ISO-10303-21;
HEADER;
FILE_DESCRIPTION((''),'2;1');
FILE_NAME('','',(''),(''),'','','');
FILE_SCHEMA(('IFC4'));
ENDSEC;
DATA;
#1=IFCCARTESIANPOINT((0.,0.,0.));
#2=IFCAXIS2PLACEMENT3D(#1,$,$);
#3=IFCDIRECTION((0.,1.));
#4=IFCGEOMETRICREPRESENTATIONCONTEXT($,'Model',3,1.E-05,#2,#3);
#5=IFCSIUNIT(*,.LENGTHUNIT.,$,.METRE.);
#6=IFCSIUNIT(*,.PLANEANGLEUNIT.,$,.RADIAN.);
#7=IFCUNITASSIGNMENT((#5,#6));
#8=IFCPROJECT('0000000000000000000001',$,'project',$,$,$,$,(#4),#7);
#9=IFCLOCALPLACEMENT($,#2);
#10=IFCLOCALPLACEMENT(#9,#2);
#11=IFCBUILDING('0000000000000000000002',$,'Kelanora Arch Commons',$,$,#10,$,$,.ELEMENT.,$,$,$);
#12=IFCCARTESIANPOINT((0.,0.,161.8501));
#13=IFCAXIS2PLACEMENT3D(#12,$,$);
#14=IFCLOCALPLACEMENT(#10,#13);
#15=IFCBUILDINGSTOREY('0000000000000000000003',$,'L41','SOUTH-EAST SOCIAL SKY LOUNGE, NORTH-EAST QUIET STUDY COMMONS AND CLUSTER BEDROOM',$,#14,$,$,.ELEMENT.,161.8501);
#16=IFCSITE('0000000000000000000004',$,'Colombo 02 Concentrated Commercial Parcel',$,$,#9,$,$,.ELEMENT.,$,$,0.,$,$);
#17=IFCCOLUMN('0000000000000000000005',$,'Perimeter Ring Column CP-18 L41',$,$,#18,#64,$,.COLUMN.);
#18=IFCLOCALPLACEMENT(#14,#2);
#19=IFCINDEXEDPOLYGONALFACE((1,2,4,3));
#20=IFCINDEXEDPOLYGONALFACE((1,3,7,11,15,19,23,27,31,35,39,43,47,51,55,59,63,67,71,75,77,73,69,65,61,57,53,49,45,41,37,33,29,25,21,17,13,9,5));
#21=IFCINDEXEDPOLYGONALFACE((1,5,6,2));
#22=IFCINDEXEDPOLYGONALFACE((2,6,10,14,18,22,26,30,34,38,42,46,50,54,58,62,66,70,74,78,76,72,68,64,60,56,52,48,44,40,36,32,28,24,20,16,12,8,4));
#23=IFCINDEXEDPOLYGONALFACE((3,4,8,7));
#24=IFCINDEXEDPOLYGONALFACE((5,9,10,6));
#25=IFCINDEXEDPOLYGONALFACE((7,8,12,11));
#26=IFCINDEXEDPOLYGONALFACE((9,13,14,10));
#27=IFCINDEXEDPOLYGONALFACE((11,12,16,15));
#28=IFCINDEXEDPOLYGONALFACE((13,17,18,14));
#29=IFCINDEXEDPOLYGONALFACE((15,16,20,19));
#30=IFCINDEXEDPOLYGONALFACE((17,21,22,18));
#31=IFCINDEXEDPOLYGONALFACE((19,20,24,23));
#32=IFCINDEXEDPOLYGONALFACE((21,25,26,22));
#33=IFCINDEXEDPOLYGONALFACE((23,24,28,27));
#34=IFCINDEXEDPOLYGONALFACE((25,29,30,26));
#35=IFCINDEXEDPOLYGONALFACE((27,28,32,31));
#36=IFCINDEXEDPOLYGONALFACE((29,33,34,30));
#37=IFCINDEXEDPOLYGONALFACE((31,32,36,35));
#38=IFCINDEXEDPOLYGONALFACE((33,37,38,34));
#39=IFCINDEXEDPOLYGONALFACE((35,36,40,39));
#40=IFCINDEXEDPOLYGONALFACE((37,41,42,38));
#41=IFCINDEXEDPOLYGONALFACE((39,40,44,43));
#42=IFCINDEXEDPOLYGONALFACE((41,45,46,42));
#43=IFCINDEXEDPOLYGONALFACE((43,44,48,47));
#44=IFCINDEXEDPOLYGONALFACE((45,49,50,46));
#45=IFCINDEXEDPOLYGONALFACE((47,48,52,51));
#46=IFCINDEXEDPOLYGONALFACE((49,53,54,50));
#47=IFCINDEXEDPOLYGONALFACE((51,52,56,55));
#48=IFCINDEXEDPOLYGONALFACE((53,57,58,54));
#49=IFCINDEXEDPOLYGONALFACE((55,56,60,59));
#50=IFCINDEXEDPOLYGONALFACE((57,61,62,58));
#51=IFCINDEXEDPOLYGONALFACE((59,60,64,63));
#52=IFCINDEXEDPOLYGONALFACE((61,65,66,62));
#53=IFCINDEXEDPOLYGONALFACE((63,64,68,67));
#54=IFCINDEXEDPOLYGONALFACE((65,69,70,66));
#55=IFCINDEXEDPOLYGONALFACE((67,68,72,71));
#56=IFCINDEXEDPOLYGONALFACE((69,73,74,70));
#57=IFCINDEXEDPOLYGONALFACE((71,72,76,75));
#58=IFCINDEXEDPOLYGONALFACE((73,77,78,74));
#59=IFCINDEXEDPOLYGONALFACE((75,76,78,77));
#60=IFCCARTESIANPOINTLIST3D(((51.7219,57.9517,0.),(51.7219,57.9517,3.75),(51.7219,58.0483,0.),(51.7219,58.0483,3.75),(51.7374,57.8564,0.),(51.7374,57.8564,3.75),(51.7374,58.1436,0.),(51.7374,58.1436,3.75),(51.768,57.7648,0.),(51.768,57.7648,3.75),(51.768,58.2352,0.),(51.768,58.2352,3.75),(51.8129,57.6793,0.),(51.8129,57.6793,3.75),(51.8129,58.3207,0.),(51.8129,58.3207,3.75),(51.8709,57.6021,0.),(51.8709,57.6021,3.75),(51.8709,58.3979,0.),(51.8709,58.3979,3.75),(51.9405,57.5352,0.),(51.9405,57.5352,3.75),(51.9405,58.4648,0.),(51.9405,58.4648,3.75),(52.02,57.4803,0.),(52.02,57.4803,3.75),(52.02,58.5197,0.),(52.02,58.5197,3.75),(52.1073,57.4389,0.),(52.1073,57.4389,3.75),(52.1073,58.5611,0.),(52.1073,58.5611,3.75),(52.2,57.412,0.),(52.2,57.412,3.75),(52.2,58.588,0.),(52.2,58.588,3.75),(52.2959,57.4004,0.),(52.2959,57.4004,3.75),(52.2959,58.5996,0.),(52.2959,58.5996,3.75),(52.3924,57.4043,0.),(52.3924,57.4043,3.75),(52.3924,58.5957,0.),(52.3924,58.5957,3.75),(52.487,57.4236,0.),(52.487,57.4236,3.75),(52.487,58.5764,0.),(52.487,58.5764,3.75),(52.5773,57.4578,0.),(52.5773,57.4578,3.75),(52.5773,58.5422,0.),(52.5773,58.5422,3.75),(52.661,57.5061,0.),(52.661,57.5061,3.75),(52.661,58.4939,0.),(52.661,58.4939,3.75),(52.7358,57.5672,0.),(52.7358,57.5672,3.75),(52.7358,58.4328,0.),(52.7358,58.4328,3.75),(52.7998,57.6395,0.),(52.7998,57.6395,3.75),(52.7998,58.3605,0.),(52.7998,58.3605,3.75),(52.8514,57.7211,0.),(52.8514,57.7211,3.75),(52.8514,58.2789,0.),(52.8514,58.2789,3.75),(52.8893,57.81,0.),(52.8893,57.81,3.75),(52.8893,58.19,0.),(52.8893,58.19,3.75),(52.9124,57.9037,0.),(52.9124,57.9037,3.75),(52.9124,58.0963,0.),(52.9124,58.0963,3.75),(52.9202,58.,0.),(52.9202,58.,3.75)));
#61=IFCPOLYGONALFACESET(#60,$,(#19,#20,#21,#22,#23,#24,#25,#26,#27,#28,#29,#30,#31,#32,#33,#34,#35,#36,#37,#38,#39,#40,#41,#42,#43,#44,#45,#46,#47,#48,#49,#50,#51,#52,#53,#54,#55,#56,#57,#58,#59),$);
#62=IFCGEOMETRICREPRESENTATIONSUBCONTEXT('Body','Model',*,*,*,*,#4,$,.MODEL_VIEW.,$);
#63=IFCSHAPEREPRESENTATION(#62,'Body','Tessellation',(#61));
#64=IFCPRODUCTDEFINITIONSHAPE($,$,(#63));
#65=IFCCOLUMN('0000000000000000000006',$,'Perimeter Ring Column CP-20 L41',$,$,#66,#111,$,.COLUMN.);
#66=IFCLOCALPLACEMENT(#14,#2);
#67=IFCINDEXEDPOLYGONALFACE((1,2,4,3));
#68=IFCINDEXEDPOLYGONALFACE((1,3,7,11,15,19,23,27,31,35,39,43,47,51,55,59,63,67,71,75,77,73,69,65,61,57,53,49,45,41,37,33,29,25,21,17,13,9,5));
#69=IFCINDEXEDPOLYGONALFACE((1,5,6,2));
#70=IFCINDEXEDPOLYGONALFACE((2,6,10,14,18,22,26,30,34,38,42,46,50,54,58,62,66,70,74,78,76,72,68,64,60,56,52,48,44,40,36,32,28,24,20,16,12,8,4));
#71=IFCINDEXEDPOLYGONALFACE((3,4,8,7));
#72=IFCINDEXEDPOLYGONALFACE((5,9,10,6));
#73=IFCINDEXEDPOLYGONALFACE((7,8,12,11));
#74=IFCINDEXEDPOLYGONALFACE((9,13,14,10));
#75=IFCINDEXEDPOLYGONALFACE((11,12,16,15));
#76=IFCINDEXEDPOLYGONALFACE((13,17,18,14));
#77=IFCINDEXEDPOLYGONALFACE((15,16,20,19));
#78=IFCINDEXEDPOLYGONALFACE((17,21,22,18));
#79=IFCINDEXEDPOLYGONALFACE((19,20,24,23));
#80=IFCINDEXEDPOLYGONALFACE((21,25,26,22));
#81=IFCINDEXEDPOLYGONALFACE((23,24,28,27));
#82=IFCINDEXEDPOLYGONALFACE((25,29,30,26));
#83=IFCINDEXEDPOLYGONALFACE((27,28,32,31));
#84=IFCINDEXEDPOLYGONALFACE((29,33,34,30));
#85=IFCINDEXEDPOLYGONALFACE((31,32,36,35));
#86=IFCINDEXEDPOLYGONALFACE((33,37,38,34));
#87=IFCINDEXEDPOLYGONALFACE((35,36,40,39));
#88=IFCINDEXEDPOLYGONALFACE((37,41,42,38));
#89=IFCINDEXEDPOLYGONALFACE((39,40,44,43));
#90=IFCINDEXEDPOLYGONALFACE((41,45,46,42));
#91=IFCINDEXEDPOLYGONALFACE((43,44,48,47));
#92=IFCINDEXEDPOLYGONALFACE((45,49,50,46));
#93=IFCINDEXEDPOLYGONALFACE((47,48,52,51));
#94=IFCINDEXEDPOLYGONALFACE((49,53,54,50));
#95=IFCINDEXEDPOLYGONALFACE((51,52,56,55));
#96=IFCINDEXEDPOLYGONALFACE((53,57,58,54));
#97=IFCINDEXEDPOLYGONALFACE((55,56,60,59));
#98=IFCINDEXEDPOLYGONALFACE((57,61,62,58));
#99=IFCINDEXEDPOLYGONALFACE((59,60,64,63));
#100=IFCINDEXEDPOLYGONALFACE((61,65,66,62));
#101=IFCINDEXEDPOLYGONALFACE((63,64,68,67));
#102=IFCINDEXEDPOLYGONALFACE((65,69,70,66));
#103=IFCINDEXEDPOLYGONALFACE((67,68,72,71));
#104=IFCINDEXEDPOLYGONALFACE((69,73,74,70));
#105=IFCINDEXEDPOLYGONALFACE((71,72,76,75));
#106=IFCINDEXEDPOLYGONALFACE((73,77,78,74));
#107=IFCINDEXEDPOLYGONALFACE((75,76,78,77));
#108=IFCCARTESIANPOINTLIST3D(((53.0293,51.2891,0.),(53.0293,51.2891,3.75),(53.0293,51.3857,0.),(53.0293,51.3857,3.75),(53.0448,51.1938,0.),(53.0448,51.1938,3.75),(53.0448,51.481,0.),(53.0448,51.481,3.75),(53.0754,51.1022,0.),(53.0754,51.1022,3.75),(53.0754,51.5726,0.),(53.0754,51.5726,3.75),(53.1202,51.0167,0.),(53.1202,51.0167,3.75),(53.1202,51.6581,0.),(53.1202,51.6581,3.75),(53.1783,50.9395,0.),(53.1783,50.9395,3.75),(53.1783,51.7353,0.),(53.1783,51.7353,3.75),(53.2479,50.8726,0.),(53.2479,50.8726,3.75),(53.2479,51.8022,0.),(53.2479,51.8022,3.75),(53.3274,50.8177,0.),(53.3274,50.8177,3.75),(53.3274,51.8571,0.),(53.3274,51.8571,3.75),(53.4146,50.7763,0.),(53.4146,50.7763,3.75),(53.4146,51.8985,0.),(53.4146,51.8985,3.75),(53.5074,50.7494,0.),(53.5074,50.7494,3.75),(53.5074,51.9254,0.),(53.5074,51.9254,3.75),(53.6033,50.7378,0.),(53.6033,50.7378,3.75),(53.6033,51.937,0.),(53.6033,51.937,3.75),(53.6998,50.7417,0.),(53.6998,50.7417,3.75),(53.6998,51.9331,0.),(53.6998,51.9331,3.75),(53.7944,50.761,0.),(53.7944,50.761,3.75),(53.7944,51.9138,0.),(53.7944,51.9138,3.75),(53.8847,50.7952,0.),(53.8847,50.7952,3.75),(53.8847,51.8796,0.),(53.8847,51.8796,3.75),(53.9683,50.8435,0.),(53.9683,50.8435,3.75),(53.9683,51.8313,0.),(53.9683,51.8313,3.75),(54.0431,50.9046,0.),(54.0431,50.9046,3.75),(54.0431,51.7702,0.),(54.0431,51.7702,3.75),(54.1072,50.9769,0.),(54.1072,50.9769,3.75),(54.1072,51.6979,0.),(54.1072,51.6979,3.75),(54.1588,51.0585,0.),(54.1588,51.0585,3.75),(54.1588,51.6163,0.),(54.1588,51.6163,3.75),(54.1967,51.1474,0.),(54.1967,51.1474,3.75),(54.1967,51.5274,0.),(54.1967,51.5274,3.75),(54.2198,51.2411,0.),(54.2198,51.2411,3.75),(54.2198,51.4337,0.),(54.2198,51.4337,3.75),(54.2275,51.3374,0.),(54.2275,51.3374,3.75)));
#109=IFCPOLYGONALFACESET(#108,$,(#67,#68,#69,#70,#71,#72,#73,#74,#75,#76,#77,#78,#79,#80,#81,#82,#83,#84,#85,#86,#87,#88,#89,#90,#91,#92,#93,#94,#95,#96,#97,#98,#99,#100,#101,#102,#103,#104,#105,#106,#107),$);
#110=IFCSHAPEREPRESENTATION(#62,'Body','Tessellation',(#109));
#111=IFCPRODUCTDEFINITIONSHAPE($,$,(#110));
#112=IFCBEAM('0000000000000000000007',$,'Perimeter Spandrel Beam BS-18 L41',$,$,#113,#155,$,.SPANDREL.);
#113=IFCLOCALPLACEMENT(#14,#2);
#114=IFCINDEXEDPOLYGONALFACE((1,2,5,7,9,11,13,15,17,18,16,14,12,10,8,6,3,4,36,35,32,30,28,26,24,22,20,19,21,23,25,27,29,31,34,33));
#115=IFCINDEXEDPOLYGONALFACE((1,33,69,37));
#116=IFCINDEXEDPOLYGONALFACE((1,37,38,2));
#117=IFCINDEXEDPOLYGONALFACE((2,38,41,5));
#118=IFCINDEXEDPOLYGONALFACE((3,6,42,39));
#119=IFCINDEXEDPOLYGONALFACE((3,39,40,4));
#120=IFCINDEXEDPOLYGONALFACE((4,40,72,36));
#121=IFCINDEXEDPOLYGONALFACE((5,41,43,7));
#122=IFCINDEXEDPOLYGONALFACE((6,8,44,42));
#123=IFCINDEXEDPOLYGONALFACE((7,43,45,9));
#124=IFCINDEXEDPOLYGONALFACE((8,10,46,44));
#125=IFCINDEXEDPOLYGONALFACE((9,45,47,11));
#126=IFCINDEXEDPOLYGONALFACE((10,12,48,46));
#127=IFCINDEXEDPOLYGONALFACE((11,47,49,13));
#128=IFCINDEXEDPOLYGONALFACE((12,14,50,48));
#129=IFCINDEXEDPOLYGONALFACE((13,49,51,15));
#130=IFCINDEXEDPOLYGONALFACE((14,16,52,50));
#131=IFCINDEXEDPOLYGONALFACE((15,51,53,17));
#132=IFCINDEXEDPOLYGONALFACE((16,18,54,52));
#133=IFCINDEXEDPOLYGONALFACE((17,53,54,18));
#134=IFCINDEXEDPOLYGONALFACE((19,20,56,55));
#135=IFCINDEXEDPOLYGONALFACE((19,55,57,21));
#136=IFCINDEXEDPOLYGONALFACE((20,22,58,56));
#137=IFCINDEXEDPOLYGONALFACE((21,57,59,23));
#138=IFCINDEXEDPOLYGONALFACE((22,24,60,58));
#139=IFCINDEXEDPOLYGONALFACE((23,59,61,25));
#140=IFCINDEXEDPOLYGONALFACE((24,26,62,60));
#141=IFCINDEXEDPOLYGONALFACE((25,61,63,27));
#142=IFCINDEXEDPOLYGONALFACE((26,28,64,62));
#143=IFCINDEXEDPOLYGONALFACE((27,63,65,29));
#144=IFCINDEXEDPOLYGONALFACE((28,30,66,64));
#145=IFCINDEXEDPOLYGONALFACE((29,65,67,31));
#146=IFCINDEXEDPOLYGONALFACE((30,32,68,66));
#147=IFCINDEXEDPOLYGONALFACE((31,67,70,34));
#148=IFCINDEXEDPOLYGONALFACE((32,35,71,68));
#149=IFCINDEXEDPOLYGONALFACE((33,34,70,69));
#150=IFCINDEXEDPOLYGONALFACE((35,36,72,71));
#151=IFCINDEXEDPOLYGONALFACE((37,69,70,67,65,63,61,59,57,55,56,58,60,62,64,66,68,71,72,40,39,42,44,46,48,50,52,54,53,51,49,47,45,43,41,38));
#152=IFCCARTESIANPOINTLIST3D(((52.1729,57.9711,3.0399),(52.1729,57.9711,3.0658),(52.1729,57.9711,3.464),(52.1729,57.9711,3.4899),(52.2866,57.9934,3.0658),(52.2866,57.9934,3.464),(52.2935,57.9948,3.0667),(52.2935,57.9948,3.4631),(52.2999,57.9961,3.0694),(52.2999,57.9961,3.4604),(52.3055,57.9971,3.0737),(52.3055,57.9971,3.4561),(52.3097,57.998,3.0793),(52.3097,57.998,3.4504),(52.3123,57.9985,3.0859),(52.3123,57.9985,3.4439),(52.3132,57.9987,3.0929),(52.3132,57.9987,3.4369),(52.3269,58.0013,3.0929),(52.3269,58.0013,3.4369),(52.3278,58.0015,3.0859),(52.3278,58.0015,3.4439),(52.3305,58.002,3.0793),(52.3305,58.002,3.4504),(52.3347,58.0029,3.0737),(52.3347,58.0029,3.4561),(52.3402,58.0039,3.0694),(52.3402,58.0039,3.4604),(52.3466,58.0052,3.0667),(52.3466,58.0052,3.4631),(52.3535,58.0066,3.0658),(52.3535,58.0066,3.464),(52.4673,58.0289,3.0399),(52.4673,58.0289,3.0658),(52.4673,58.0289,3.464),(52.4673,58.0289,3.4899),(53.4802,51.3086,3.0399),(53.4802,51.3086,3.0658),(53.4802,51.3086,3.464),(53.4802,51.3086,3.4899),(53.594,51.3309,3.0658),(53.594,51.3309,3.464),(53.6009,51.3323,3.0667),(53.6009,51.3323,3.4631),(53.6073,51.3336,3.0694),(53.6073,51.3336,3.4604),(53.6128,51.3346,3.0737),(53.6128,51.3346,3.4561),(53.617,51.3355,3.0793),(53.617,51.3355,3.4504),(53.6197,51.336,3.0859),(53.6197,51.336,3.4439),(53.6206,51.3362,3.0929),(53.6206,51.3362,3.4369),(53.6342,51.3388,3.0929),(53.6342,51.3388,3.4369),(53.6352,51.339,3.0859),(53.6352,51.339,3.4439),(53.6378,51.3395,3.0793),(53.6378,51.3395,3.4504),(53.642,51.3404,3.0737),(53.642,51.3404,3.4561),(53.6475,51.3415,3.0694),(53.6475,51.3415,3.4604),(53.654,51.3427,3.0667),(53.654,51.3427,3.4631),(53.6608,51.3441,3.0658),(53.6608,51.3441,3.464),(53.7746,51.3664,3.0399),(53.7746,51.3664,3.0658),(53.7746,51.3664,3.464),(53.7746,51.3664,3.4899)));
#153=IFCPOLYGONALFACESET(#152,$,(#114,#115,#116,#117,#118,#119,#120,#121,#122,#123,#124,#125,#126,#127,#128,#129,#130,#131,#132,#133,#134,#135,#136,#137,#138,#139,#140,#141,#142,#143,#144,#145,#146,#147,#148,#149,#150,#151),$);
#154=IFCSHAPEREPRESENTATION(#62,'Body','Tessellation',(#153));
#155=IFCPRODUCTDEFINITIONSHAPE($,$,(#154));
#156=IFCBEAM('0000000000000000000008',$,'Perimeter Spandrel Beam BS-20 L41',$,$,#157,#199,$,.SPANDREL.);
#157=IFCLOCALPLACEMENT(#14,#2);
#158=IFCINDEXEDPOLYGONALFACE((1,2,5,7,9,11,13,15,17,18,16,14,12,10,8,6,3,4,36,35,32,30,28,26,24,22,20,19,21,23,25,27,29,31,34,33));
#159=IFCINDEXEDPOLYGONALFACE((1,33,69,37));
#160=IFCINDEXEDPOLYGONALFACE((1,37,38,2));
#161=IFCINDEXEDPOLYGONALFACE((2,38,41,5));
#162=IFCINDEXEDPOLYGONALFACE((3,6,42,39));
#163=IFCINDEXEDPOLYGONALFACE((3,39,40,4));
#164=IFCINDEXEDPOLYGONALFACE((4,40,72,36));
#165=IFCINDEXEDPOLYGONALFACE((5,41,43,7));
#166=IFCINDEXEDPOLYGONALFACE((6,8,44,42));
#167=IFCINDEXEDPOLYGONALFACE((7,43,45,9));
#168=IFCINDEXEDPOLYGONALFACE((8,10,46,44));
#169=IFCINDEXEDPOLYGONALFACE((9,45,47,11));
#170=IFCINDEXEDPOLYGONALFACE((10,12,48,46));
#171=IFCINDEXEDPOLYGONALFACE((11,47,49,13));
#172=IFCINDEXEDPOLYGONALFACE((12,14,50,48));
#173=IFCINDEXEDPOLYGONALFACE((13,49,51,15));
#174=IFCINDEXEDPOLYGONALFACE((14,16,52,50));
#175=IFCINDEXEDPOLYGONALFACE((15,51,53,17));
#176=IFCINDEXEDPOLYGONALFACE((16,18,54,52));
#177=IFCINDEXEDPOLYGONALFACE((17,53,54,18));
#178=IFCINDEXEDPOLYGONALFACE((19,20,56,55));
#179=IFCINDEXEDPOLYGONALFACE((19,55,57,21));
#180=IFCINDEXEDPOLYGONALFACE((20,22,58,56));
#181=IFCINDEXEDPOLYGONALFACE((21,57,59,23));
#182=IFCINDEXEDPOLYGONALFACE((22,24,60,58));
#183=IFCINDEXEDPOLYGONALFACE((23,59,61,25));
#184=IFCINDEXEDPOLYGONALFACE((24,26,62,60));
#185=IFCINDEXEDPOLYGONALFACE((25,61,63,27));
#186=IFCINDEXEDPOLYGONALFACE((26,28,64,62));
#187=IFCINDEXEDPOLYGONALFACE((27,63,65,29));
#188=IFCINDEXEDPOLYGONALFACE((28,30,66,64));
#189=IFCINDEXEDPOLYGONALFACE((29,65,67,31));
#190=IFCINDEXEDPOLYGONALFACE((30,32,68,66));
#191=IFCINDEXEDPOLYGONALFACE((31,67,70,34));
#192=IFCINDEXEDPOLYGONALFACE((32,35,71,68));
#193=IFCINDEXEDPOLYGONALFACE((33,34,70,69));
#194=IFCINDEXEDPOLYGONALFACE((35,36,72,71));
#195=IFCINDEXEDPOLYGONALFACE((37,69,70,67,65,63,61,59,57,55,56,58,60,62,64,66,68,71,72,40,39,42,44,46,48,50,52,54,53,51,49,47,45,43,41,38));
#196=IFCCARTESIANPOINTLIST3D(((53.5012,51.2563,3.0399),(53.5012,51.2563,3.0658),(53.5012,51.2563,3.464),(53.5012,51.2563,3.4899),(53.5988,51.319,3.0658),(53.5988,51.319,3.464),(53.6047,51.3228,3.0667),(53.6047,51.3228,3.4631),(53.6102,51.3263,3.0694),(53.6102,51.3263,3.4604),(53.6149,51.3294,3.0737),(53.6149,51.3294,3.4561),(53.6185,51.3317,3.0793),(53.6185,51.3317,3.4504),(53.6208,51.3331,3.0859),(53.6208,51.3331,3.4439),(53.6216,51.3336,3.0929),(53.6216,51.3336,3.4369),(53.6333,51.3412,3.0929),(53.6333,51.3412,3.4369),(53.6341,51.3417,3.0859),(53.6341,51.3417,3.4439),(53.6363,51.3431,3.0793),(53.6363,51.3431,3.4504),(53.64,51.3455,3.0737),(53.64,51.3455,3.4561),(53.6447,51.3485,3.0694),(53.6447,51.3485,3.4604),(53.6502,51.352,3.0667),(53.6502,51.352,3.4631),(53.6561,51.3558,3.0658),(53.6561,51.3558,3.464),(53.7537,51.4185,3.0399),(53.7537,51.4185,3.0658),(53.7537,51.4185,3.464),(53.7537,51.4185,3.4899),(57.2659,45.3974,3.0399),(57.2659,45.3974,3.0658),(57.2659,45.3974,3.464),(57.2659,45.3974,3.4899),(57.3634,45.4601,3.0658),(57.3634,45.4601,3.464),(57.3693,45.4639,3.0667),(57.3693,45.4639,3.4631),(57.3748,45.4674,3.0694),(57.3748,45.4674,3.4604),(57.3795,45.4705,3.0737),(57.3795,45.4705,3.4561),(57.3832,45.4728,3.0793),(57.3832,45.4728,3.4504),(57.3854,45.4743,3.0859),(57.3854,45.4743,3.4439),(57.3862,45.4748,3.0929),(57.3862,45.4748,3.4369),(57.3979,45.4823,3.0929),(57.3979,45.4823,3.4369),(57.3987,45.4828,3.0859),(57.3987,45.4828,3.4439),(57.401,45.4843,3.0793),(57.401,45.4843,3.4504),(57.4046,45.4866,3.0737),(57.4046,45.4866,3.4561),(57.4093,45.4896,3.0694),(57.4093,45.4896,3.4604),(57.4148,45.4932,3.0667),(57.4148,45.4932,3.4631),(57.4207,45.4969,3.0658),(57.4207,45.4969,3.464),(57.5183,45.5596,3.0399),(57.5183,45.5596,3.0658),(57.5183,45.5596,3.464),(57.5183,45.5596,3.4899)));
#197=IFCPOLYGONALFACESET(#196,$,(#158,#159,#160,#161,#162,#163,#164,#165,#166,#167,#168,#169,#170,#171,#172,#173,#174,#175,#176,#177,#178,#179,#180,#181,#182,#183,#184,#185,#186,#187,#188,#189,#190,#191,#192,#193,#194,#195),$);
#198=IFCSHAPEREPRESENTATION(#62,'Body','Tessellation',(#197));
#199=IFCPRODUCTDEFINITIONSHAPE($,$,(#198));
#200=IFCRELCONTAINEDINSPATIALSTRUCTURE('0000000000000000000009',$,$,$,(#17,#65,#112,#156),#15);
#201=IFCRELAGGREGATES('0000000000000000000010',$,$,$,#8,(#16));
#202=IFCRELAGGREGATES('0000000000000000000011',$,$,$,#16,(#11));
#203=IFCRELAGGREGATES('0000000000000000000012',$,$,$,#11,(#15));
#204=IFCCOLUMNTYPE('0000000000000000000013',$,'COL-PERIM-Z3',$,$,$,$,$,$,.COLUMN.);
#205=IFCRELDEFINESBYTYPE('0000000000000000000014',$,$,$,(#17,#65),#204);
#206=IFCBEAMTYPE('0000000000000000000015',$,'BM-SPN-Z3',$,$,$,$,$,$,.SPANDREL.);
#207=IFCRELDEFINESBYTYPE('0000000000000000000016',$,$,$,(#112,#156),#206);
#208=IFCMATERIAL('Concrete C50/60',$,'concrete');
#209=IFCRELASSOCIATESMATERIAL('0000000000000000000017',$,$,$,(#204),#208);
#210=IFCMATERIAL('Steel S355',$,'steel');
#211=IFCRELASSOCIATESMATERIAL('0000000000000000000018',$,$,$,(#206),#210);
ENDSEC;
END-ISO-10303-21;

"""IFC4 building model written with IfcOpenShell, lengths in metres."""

from ifc_helpers import new_model, si_unit, direction, frame, origin, origin_2d, place, context, subcontext, project, spatial, circle, i_section, extrude, material, material_profile, profile_set, type_object, element, save


model = new_model("IFC4")

# Units and contexts
model_context = context("Model", 3, precision=1e-05, world=origin(), true_north=direction((0.0, 1.0)))
body_context = subcontext(model_context, "Body", "Model", "MODEL_VIEW")
ifc_project = project(units=[si_unit("LENGTHUNIT", "METRE"), si_unit("PLANEANGLEUNIT", "RADIAN")], contexts=[model_context])

# Site, building, storey
site_placement = place(None, origin())
site = spatial("IfcSite", under=ifc_project, at=site_placement, Name="Colombo 02 Concentrated Commercial Parcel", CompositionType="ELEMENT", RefElevation=0.0)
building_placement = place(site_placement, origin())
building = spatial("IfcBuilding", under=site, at=building_placement, Name="Kelanora Arch Commons", CompositionType="ELEMENT")
storey_placement = place(building_placement, frame((0.0, 0.0, 161.8501)))
storey = spatial("IfcBuildingStorey", under=building, at=storey_placement, Name="L41", Description="SOUTH-EAST SOCIAL SKY LOUNGE, NORTH-EAST QUIET STUDY COMMONS AND CLUSTER BEDROOM", CompositionType="ELEMENT", Elevation=161.8501)

# Columns
ifc_material_1 = material(Name="Concrete C50/60", Category="concrete")
ifc_material_profile_1 = material_profile(ifc_material_1, circle(Radius=0.6001, at=origin_2d()), Name="RCC1200")
ifc_profile_set_1 = profile_set([ifc_material_profile_1], Name="Concrete C50/60")
column_type = type_object("IfcColumnType", Name="COL-PERIM-Z3", PredefinedType="COLUMN", material=ifc_profile_set_1)
for number, where, z_axis, x_axis, name in (
    (1, (52.3201, 58.0, 0.0), (0.0, 0.0, 1.0), (1.0, 0.0, 0.0), "Perimeter Ring Column CP-18 L41"),
    (2, (53.6274, 51.3374, 0.0), (0.0, 0.0, 1.0), (1.0, 0.0, 0.0), "Perimeter Ring Column CP-20 L41"),
):
    element("IfcColumn", number, at=place(storey_placement, frame(where, z_axis=z_axis, x_axis=x_axis)), inside=storey, type_object=column_type, Name=name, PredefinedType="COLUMN", context=body_context, shape_type="SweptSolid", body=[
        extrude(circle(Radius=0.6001, at=origin_2d()), origin(), (0.0, 0.0, 1.0), 3.75),
    ])

# Beams
ifc_material_2 = material(Name="Steel S355", Category="steel")
ifc_material_profile_2 = material_profile(ifc_material_2, i_section(OverallWidth=0.3, OverallDepth=0.45, WebThickness=0.0139, FlangeThickness=0.0259, FilletRadius=0.0271, at=origin_2d()), Name="HEB450")
ifc_profile_set_2 = profile_set([ifc_material_profile_2], Name="Steel S355")
beam_type = type_object("IfcBeamType", Name="BM-SPN-Z3", PredefinedType="SPANDREL", material=ifc_profile_set_2)
beam_1_placement = place(storey_placement, frame((52.3201, 58.0, 3.2649), z_axis=(0.192554, -0.981286, 0.0), x_axis=(0.981286, 0.192554, 0.0)))
element("IfcBeam", 3, at=beam_1_placement, inside=storey, type_object=beam_type, Name="Perimeter Spandrel Beam BS-18 L41", PredefinedType="SPANDREL", context=body_context, shape_type="SweptSolid", body=[
    extrude(i_section(OverallWidth=0.3, OverallDepth=0.45, WebThickness=0.0139, FlangeThickness=0.0259, FilletRadius=0.0271, at=origin_2d()), origin(), (0.0, 0.0, 1.0), 6.7896),
])
beam_2_placement = place(storey_placement, frame((53.6274, 51.3374, 3.2649), z_axis=(0.540577, -0.841295, 0.0), x_axis=(0.841295, 0.540577, 0.0)))
element("IfcBeam", 4, at=beam_2_placement, inside=storey, type_object=beam_type, Name="Perimeter Spandrel Beam BS-20 L41", PredefinedType="SPANDREL", context=body_context, shape_type="SweptSolid", body=[
    extrude(i_section(OverallWidth=0.3, OverallDepth=0.45, WebThickness=0.0139, FlangeThickness=0.0259, FilletRadius=0.0271, at=origin_2d()), origin(), (0.0, 0.0, 1.0), 6.9641),
])

save(model, "model.ifc")
